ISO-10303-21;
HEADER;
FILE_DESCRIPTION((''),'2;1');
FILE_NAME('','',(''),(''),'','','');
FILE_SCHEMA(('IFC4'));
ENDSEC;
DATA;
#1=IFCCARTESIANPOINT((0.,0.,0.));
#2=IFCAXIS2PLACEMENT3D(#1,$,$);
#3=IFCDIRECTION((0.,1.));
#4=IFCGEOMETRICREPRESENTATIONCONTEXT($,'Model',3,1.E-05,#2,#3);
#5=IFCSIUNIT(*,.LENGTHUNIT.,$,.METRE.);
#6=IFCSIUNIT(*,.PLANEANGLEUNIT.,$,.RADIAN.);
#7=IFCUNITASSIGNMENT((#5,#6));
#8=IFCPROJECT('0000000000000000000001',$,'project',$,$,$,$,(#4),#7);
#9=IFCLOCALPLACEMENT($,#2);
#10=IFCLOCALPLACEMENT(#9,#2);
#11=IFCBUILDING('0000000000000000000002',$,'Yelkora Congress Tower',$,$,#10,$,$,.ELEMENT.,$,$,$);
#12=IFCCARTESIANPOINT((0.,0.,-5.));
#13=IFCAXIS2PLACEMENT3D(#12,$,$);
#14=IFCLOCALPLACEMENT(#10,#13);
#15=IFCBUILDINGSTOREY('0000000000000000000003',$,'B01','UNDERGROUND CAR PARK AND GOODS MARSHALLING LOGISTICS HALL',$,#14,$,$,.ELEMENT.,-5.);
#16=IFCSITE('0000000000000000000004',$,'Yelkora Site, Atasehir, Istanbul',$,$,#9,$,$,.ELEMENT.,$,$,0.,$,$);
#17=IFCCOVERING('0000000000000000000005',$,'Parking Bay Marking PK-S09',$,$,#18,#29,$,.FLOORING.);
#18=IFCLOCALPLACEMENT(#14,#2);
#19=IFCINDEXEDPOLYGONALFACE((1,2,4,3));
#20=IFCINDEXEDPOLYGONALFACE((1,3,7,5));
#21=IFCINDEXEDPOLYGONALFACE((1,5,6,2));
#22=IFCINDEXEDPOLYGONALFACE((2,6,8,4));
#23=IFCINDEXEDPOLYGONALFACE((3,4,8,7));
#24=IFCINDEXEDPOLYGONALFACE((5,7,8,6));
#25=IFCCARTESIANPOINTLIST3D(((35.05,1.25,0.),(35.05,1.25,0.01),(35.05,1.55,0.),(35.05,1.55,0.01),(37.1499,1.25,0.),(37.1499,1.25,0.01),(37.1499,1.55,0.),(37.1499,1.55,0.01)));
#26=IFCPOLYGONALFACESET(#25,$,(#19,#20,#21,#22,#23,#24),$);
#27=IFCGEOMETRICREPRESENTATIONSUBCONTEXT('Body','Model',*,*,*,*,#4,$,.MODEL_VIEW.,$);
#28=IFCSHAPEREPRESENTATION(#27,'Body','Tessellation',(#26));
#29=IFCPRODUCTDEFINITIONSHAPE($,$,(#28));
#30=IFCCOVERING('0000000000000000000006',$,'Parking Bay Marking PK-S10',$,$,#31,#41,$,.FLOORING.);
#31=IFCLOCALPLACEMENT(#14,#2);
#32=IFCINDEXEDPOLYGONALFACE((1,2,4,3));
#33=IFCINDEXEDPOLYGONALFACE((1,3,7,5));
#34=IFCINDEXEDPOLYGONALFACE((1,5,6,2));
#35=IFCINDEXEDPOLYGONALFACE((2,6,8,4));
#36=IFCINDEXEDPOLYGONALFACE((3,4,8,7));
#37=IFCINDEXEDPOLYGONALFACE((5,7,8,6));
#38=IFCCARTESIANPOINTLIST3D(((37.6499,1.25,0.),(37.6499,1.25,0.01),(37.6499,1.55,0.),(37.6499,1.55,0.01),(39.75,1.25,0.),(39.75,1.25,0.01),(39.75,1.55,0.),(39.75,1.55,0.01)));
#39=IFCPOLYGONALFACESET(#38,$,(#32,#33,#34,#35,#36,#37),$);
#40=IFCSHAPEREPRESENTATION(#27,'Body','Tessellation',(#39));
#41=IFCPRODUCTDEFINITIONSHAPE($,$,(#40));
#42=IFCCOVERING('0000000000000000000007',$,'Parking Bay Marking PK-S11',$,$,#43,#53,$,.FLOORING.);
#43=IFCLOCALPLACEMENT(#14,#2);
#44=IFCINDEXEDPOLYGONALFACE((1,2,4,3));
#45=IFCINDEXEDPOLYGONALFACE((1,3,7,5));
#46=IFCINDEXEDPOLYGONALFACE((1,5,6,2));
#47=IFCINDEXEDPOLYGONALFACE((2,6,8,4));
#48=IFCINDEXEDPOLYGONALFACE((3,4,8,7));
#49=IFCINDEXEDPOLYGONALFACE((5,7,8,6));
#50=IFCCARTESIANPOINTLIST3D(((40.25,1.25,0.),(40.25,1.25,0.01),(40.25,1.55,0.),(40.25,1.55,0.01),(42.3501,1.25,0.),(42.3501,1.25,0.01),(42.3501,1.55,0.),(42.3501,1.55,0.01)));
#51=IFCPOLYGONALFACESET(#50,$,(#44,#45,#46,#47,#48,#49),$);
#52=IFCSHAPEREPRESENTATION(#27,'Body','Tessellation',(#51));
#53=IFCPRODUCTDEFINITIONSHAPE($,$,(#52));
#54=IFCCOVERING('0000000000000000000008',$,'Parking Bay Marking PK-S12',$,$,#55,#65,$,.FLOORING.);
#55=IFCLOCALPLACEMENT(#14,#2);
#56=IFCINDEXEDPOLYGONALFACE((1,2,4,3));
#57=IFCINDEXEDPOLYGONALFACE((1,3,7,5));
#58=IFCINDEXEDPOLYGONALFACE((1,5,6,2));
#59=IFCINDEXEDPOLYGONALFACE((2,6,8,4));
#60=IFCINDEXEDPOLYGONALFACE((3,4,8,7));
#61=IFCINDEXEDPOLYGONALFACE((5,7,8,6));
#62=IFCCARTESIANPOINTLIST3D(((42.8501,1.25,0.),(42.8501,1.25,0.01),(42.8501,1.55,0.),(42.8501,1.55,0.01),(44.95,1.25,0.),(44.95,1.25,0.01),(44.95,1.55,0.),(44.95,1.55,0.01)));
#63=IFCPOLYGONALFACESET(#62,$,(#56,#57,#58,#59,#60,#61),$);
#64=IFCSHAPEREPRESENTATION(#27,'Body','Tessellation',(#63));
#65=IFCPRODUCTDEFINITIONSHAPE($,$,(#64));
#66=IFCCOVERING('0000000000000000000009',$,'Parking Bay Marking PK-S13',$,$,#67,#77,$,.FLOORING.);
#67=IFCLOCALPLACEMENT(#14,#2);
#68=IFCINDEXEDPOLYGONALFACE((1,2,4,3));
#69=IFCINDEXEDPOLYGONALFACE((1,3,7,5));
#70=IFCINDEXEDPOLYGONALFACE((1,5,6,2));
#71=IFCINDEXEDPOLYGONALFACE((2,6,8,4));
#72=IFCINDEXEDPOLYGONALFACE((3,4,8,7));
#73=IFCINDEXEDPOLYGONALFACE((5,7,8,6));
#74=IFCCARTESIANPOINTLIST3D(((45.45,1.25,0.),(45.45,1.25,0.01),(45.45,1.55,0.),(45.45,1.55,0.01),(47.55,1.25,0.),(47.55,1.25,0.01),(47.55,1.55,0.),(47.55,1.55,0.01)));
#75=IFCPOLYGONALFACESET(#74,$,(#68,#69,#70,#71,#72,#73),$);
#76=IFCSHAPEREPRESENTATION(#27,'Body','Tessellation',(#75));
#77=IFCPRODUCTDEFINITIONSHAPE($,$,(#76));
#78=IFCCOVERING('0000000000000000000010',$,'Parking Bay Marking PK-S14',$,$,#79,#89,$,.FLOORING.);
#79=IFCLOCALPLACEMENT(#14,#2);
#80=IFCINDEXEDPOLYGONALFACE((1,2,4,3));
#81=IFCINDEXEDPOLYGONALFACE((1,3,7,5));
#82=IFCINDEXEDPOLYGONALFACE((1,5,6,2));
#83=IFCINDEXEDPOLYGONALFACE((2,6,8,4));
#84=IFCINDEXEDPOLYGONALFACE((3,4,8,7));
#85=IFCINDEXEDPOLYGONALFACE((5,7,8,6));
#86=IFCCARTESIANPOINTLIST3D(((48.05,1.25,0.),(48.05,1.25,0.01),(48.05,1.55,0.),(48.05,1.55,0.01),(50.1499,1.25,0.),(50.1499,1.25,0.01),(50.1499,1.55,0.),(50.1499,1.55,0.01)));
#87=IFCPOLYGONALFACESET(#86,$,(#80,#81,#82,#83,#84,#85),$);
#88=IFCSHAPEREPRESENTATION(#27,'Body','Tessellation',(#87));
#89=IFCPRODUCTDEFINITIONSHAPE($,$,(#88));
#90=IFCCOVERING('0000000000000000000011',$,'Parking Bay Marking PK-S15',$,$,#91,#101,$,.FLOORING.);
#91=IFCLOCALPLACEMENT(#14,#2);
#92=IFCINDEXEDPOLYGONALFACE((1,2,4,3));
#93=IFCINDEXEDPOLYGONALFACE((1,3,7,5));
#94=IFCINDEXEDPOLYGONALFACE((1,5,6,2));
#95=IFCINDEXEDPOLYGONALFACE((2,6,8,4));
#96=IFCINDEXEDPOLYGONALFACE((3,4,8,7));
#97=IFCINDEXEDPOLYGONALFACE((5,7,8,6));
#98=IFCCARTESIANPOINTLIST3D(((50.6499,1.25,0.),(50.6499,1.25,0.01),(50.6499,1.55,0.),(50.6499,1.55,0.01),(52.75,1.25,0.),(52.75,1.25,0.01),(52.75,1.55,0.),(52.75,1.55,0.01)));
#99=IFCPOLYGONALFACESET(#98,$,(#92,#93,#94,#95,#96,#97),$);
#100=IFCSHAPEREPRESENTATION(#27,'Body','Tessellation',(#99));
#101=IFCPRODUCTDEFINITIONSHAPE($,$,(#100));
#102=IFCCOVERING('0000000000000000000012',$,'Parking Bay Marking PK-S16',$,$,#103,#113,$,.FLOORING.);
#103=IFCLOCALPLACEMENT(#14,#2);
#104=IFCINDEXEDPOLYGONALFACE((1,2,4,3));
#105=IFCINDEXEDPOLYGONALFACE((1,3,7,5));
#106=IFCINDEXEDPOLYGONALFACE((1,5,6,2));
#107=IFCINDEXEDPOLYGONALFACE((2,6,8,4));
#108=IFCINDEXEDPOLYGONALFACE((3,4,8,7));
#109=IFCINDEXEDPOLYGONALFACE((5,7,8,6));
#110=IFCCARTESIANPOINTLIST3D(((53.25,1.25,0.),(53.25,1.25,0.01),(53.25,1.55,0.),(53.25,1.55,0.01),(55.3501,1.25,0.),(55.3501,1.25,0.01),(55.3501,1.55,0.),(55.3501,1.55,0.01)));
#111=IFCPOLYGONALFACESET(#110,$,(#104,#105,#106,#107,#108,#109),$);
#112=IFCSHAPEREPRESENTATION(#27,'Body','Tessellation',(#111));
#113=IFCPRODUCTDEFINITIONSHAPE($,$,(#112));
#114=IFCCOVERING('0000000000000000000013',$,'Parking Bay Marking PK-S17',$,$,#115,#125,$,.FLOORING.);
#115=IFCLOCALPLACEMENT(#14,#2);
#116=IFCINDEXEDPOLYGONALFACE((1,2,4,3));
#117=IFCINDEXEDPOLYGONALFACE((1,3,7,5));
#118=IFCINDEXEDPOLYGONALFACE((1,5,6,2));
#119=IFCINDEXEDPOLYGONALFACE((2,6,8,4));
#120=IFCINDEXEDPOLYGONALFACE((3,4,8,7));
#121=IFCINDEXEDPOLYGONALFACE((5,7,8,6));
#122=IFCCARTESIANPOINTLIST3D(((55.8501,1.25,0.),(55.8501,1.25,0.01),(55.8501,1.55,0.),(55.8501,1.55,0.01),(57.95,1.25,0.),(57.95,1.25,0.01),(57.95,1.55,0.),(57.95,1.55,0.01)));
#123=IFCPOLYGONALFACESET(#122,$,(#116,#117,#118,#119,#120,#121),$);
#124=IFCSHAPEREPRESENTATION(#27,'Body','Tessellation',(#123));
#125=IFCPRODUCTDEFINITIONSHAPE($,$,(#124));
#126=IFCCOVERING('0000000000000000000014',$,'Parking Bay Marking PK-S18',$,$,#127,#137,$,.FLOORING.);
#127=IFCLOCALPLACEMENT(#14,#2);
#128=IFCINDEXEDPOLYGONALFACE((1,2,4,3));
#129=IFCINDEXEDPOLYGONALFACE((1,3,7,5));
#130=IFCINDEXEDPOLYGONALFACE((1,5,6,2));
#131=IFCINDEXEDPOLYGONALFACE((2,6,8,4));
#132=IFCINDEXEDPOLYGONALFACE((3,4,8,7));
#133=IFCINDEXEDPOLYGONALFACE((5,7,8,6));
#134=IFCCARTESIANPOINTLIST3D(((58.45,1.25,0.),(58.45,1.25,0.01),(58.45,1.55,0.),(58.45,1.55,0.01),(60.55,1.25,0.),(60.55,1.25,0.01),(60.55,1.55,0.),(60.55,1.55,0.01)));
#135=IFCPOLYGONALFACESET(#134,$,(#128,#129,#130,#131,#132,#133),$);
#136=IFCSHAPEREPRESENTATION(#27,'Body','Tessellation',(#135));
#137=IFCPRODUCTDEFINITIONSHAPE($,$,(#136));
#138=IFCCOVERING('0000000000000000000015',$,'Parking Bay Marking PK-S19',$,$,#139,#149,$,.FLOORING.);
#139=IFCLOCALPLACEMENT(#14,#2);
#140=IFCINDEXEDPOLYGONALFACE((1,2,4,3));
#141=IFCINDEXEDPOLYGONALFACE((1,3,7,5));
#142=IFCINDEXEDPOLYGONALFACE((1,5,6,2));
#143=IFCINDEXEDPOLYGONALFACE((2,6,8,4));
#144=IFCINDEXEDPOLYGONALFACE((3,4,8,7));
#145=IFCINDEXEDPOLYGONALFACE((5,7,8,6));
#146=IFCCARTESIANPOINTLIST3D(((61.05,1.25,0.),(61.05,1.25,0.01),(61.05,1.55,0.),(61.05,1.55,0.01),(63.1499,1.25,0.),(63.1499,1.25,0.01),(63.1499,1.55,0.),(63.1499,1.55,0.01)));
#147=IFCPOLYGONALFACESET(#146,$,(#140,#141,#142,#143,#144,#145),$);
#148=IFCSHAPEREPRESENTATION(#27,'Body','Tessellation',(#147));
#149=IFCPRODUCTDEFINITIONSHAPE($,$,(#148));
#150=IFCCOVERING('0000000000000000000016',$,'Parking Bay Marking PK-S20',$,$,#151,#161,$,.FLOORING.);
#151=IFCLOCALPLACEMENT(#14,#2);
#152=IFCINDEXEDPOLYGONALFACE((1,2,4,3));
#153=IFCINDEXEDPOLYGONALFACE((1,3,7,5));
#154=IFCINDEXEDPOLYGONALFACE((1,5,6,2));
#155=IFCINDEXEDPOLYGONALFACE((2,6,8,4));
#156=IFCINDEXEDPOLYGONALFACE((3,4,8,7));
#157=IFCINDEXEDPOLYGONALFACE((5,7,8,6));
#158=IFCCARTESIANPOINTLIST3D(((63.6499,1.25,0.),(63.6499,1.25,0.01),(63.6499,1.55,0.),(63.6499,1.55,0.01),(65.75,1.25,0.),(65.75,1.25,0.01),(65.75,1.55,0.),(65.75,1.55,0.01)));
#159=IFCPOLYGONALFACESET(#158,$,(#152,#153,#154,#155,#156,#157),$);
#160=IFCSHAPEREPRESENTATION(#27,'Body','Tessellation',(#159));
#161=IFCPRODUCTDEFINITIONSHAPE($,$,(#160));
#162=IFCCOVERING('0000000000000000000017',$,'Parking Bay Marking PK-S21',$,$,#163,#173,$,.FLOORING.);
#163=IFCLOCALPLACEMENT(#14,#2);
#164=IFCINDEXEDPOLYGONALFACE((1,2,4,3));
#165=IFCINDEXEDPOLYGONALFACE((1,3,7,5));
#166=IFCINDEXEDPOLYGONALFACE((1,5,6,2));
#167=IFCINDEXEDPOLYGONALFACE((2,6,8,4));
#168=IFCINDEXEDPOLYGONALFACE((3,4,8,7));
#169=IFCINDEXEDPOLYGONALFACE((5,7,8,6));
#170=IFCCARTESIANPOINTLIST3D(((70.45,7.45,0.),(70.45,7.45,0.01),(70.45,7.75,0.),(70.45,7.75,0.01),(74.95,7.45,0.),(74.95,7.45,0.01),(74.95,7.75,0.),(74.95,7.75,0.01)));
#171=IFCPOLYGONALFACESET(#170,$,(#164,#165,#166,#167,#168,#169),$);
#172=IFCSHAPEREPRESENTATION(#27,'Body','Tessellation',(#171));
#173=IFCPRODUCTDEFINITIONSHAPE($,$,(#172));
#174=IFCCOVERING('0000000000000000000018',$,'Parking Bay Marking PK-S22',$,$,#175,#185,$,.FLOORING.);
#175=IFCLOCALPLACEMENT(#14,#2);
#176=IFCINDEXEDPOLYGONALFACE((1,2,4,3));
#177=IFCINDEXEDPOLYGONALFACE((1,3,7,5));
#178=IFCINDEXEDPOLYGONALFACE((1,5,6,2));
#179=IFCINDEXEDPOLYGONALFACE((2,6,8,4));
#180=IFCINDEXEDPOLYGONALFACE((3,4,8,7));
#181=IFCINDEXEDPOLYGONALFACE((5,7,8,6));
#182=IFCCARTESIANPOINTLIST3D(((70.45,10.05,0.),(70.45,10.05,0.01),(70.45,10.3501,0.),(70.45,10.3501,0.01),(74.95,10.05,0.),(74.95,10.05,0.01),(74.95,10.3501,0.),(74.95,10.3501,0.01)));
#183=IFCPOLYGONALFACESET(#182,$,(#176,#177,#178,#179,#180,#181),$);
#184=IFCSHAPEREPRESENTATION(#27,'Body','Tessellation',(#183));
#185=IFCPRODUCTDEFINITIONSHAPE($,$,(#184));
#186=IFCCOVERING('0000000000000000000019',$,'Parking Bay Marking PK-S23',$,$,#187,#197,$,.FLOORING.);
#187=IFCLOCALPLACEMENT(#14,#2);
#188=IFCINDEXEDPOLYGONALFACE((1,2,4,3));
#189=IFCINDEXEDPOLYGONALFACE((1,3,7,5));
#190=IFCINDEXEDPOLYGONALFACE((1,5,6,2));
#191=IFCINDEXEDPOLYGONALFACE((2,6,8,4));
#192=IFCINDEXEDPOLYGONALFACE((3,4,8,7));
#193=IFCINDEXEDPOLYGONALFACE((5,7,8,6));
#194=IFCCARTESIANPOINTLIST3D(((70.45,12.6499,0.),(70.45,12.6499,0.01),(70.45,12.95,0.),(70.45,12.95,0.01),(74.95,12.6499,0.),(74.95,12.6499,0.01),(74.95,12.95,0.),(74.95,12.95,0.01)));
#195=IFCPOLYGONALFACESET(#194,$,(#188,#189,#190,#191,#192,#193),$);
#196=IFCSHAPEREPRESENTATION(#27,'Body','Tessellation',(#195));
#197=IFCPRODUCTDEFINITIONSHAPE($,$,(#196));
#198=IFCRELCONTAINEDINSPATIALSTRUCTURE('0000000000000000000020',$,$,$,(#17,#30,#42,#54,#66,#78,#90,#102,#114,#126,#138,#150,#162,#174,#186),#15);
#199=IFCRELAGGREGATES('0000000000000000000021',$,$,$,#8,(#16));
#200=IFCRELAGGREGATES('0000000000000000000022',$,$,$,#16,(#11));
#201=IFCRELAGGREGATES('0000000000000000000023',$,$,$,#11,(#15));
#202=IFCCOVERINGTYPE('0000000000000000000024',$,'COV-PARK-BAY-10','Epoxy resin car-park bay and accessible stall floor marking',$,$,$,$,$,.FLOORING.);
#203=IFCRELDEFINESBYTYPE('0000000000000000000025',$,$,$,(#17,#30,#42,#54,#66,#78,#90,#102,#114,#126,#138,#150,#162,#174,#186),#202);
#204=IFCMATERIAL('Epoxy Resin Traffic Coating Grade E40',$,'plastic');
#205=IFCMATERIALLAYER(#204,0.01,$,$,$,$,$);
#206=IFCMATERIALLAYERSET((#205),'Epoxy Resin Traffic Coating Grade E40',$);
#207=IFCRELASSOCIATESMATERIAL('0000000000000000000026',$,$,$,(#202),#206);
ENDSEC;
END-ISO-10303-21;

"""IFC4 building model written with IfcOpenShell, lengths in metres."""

from ifc_helpers import new_model, si_unit, direction, frame, origin, place, context, subcontext, project, spatial, polyline, outline, extrude, material, layer, layer_set, type_object, element, save


model = new_model("IFC4")

# Units and contexts
model_context = context("Model", 3, precision=1e-05, world=origin(), true_north=direction((0.0, 1.0)))
body_context = subcontext(model_context, "Body", "Model", "MODEL_VIEW")
ifc_project = project(units=[si_unit("LENGTHUNIT", "METRE"), si_unit("PLANEANGLEUNIT", "RADIAN")], contexts=[model_context])

# Site, building, storey
site_placement = place(None, origin())
site = spatial("IfcSite", under=ifc_project, at=site_placement, Name="Yelkora Site, Atasehir, Istanbul", CompositionType="ELEMENT", RefElevation=0.0)
building_placement = place(site_placement, origin())
building = spatial("IfcBuilding", under=site, at=building_placement, Name="Yelkora Congress Tower", CompositionType="ELEMENT")
storey_placement = place(building_placement, frame((0.0, 0.0, -5.0)))
storey = spatial("IfcBuildingStorey", under=building, at=storey_placement, Name="B01", Description="UNDERGROUND CAR PARK AND GOODS MARSHALLING LOGISTICS HALL", CompositionType="ELEMENT", Elevation=-5.0)

# Coverings
ifc_material_1 = material(Name="Epoxy Resin Traffic Coating Grade E40", Category="plastic")
ifc_layer_1 = layer(ifc_material_1, 0.01)
ifc_layer_set_1 = layer_set([ifc_layer_1], Name="Epoxy Resin Traffic Coating Grade E40")
covering_type = type_object("IfcCoveringType", Name="COV-PARK-BAY-10", Description="Epoxy resin car-park bay and accessible stall floor marking", PredefinedType="FLOORING", material=ifc_layer_set_1)
covering_1_placement = place(storey_placement, origin())
element("IfcCovering", 1, at=covering_1_placement, inside=storey, type_object=covering_type, Name="Parking Bay Marking PK-S09", PredefinedType="FLOORING", context=body_context, shape_type="SweptSolid", body=[
    extrude(outline(polyline([(35.05, 1.25), (37.1499, 1.25), (37.1499, 1.55), (35.05, 1.55), (35.05, 1.25)])), origin(), (0.0, 0.0, 1.0), 0.01),
])
covering_2_placement = place(storey_placement, origin())
element("IfcCovering", 2, at=covering_2_placement, inside=storey, type_object=covering_type, Name="Parking Bay Marking PK-S10", PredefinedType="FLOORING", context=body_context, shape_type="SweptSolid", body=[
    extrude(outline(polyline([(37.6499, 1.25), (39.75, 1.25), (39.75, 1.55), (37.6499, 1.55), (37.6499, 1.25)])), origin(), (0.0, 0.0, 1.0), 0.01),
])
covering_3_placement = place(storey_placement, origin())
element("IfcCovering", 3, at=covering_3_placement, inside=storey, type_object=covering_type, Name="Parking Bay Marking PK-S11", PredefinedType="FLOORING", context=body_context, shape_type="SweptSolid", body=[
    extrude(outline(polyline([(40.25, 1.25), (42.3501, 1.25), (42.3501, 1.55), (40.25, 1.55), (40.25, 1.25)])), origin(), (0.0, 0.0, 1.0), 0.01),
])
covering_4_placement = place(storey_placement, origin())
element("IfcCovering", 4, at=covering_4_placement, inside=storey, type_object=covering_type, Name="Parking Bay Marking PK-S12", PredefinedType="FLOORING", context=body_context, shape_type="SweptSolid", body=[
    extrude(outline(polyline([(42.8501, 1.25), (44.95, 1.25), (44.95, 1.55), (42.8501, 1.55), (42.8501, 1.25)])), origin(), (0.0, 0.0, 1.0), 0.01),
])
covering_5_placement = place(storey_placement, origin())
element("IfcCovering", 5, at=covering_5_placement, inside=storey, type_object=covering_type, Name="Parking Bay Marking PK-S13", PredefinedType="FLOORING", context=body_context, shape_type="SweptSolid", body=[
    extrude(outline(polyline([(45.45, 1.25), (47.55, 1.25), (47.55, 1.55), (45.45, 1.55), (45.45, 1.25)])), origin(), (0.0, 0.0, 1.0), 0.01),
])
covering_6_placement = place(storey_placement, origin())
element("IfcCovering", 6, at=covering_6_placement, inside=storey, type_object=covering_type, Name="Parking Bay Marking PK-S14", PredefinedType="FLOORING", context=body_context, shape_type="SweptSolid", body=[
    extrude(outline(polyline([(48.05, 1.25), (50.1499, 1.25), (50.1499, 1.55), (48.05, 1.55), (48.05, 1.25)])), origin(), (0.0, 0.0, 1.0), 0.01),
])
covering_7_placement = place(storey_placement, origin())
element("IfcCovering", 7, at=covering_7_placement, inside=storey, type_object=covering_type, Name="Parking Bay Marking PK-S15", PredefinedType="FLOORING", context=body_context, shape_type="SweptSolid", body=[
    extrude(outline(polyline([(50.6499, 1.25), (52.75, 1.25), (52.75, 1.55), (50.6499, 1.55), (50.6499, 1.25)])), origin(), (0.0, 0.0, 1.0), 0.01),
])
covering_8_placement = place(storey_placement, origin())
element("IfcCovering", 8, at=covering_8_placement, inside=storey, type_object=covering_type, Name="Parking Bay Marking PK-S16", PredefinedType="FLOORING", context=body_context, shape_type="SweptSolid", body=[
    extrude(outline(polyline([(53.25, 1.25), (55.3501, 1.25), (55.3501, 1.55), (53.25, 1.55), (53.25, 1.25)])), origin(), (0.0, 0.0, 1.0), 0.01),
])
covering_9_placement = place(storey_placement, origin())
element("IfcCovering", 9, at=covering_9_placement, inside=storey, type_object=covering_type, Name="Parking Bay Marking PK-S17", PredefinedType="FLOORING", context=body_context, shape_type="SweptSolid", body=[
    extrude(outline(polyline([(55.8501, 1.25), (57.95, 1.25), (57.95, 1.55), (55.8501, 1.55), (55.8501, 1.25)])), origin(), (0.0, 0.0, 1.0), 0.01),
])
covering_10_placement = place(storey_placement, origin())
element("IfcCovering", 10, at=covering_10_placement, inside=storey, type_object=covering_type, Name="Parking Bay Marking PK-S18", PredefinedType="FLOORING", context=body_context, shape_type="SweptSolid", body=[
    extrude(outline(polyline([(58.45, 1.25), (60.55, 1.25), (60.55, 1.55), (58.45, 1.55), (58.45, 1.25)])), origin(), (0.0, 0.0, 1.0), 0.01),
])
covering_11_placement = place(storey_placement, origin())
element("IfcCovering", 11, at=covering_11_placement, inside=storey, type_object=covering_type, Name="Parking Bay Marking PK-S19", PredefinedType="FLOORING", context=body_context, shape_type="SweptSolid", body=[
    extrude(outline(polyline([(61.05, 1.25), (63.1499, 1.25), (63.1499, 1.55), (61.05, 1.55), (61.05, 1.25)])), origin(), (0.0, 0.0, 1.0), 0.01),
])
covering_12_placement = place(storey_placement, origin())
element("IfcCovering", 12, at=covering_12_placement, inside=storey, type_object=covering_type, Name="Parking Bay Marking PK-S20", PredefinedType="FLOORING", context=body_context, shape_type="SweptSolid", body=[
    extrude(outline(polyline([(63.6499, 1.25), (65.75, 1.25), (65.75, 1.55), (63.6499, 1.55), (63.6499, 1.25)])), origin(), (0.0, 0.0, 1.0), 0.01),
])
covering_13_placement = place(storey_placement, origin())
element("IfcCovering", 13, at=covering_13_placement, inside=storey, type_object=covering_type, Name="Parking Bay Marking PK-S21", PredefinedType="FLOORING", context=body_context, shape_type="SweptSolid", body=[
    extrude(outline(polyline([(70.45, 7.45), (74.95, 7.45), (74.95, 7.75), (70.45, 7.75), (70.45, 7.45)])), origin(), (0.0, 0.0, 1.0), 0.01),
])
covering_14_placement = place(storey_placement, origin())
element("IfcCovering", 14, at=covering_14_placement, inside=storey, type_object=covering_type, Name="Parking Bay Marking PK-S22", PredefinedType="FLOORING", context=body_context, shape_type="SweptSolid", body=[
    extrude(outline(polyline([(70.45, 10.05), (74.95, 10.05), (74.95, 10.3501), (70.45, 10.3501), (70.45, 10.05)])), origin(), (0.0, 0.0, 1.0), 0.01),
])
covering_15_placement = place(storey_placement, origin())
element("IfcCovering", 15, at=covering_15_placement, inside=storey, type_object=covering_type, Name="Parking Bay Marking PK-S23", PredefinedType="FLOORING", context=body_context, shape_type="SweptSolid", body=[
    extrude(outline(polyline([(70.45, 12.6499), (74.95, 12.6499), (74.95, 12.95), (70.45, 12.95), (70.45, 12.6499)])), origin(), (0.0, 0.0, 1.0), 0.01),
])

save(model, "model.ifc")
